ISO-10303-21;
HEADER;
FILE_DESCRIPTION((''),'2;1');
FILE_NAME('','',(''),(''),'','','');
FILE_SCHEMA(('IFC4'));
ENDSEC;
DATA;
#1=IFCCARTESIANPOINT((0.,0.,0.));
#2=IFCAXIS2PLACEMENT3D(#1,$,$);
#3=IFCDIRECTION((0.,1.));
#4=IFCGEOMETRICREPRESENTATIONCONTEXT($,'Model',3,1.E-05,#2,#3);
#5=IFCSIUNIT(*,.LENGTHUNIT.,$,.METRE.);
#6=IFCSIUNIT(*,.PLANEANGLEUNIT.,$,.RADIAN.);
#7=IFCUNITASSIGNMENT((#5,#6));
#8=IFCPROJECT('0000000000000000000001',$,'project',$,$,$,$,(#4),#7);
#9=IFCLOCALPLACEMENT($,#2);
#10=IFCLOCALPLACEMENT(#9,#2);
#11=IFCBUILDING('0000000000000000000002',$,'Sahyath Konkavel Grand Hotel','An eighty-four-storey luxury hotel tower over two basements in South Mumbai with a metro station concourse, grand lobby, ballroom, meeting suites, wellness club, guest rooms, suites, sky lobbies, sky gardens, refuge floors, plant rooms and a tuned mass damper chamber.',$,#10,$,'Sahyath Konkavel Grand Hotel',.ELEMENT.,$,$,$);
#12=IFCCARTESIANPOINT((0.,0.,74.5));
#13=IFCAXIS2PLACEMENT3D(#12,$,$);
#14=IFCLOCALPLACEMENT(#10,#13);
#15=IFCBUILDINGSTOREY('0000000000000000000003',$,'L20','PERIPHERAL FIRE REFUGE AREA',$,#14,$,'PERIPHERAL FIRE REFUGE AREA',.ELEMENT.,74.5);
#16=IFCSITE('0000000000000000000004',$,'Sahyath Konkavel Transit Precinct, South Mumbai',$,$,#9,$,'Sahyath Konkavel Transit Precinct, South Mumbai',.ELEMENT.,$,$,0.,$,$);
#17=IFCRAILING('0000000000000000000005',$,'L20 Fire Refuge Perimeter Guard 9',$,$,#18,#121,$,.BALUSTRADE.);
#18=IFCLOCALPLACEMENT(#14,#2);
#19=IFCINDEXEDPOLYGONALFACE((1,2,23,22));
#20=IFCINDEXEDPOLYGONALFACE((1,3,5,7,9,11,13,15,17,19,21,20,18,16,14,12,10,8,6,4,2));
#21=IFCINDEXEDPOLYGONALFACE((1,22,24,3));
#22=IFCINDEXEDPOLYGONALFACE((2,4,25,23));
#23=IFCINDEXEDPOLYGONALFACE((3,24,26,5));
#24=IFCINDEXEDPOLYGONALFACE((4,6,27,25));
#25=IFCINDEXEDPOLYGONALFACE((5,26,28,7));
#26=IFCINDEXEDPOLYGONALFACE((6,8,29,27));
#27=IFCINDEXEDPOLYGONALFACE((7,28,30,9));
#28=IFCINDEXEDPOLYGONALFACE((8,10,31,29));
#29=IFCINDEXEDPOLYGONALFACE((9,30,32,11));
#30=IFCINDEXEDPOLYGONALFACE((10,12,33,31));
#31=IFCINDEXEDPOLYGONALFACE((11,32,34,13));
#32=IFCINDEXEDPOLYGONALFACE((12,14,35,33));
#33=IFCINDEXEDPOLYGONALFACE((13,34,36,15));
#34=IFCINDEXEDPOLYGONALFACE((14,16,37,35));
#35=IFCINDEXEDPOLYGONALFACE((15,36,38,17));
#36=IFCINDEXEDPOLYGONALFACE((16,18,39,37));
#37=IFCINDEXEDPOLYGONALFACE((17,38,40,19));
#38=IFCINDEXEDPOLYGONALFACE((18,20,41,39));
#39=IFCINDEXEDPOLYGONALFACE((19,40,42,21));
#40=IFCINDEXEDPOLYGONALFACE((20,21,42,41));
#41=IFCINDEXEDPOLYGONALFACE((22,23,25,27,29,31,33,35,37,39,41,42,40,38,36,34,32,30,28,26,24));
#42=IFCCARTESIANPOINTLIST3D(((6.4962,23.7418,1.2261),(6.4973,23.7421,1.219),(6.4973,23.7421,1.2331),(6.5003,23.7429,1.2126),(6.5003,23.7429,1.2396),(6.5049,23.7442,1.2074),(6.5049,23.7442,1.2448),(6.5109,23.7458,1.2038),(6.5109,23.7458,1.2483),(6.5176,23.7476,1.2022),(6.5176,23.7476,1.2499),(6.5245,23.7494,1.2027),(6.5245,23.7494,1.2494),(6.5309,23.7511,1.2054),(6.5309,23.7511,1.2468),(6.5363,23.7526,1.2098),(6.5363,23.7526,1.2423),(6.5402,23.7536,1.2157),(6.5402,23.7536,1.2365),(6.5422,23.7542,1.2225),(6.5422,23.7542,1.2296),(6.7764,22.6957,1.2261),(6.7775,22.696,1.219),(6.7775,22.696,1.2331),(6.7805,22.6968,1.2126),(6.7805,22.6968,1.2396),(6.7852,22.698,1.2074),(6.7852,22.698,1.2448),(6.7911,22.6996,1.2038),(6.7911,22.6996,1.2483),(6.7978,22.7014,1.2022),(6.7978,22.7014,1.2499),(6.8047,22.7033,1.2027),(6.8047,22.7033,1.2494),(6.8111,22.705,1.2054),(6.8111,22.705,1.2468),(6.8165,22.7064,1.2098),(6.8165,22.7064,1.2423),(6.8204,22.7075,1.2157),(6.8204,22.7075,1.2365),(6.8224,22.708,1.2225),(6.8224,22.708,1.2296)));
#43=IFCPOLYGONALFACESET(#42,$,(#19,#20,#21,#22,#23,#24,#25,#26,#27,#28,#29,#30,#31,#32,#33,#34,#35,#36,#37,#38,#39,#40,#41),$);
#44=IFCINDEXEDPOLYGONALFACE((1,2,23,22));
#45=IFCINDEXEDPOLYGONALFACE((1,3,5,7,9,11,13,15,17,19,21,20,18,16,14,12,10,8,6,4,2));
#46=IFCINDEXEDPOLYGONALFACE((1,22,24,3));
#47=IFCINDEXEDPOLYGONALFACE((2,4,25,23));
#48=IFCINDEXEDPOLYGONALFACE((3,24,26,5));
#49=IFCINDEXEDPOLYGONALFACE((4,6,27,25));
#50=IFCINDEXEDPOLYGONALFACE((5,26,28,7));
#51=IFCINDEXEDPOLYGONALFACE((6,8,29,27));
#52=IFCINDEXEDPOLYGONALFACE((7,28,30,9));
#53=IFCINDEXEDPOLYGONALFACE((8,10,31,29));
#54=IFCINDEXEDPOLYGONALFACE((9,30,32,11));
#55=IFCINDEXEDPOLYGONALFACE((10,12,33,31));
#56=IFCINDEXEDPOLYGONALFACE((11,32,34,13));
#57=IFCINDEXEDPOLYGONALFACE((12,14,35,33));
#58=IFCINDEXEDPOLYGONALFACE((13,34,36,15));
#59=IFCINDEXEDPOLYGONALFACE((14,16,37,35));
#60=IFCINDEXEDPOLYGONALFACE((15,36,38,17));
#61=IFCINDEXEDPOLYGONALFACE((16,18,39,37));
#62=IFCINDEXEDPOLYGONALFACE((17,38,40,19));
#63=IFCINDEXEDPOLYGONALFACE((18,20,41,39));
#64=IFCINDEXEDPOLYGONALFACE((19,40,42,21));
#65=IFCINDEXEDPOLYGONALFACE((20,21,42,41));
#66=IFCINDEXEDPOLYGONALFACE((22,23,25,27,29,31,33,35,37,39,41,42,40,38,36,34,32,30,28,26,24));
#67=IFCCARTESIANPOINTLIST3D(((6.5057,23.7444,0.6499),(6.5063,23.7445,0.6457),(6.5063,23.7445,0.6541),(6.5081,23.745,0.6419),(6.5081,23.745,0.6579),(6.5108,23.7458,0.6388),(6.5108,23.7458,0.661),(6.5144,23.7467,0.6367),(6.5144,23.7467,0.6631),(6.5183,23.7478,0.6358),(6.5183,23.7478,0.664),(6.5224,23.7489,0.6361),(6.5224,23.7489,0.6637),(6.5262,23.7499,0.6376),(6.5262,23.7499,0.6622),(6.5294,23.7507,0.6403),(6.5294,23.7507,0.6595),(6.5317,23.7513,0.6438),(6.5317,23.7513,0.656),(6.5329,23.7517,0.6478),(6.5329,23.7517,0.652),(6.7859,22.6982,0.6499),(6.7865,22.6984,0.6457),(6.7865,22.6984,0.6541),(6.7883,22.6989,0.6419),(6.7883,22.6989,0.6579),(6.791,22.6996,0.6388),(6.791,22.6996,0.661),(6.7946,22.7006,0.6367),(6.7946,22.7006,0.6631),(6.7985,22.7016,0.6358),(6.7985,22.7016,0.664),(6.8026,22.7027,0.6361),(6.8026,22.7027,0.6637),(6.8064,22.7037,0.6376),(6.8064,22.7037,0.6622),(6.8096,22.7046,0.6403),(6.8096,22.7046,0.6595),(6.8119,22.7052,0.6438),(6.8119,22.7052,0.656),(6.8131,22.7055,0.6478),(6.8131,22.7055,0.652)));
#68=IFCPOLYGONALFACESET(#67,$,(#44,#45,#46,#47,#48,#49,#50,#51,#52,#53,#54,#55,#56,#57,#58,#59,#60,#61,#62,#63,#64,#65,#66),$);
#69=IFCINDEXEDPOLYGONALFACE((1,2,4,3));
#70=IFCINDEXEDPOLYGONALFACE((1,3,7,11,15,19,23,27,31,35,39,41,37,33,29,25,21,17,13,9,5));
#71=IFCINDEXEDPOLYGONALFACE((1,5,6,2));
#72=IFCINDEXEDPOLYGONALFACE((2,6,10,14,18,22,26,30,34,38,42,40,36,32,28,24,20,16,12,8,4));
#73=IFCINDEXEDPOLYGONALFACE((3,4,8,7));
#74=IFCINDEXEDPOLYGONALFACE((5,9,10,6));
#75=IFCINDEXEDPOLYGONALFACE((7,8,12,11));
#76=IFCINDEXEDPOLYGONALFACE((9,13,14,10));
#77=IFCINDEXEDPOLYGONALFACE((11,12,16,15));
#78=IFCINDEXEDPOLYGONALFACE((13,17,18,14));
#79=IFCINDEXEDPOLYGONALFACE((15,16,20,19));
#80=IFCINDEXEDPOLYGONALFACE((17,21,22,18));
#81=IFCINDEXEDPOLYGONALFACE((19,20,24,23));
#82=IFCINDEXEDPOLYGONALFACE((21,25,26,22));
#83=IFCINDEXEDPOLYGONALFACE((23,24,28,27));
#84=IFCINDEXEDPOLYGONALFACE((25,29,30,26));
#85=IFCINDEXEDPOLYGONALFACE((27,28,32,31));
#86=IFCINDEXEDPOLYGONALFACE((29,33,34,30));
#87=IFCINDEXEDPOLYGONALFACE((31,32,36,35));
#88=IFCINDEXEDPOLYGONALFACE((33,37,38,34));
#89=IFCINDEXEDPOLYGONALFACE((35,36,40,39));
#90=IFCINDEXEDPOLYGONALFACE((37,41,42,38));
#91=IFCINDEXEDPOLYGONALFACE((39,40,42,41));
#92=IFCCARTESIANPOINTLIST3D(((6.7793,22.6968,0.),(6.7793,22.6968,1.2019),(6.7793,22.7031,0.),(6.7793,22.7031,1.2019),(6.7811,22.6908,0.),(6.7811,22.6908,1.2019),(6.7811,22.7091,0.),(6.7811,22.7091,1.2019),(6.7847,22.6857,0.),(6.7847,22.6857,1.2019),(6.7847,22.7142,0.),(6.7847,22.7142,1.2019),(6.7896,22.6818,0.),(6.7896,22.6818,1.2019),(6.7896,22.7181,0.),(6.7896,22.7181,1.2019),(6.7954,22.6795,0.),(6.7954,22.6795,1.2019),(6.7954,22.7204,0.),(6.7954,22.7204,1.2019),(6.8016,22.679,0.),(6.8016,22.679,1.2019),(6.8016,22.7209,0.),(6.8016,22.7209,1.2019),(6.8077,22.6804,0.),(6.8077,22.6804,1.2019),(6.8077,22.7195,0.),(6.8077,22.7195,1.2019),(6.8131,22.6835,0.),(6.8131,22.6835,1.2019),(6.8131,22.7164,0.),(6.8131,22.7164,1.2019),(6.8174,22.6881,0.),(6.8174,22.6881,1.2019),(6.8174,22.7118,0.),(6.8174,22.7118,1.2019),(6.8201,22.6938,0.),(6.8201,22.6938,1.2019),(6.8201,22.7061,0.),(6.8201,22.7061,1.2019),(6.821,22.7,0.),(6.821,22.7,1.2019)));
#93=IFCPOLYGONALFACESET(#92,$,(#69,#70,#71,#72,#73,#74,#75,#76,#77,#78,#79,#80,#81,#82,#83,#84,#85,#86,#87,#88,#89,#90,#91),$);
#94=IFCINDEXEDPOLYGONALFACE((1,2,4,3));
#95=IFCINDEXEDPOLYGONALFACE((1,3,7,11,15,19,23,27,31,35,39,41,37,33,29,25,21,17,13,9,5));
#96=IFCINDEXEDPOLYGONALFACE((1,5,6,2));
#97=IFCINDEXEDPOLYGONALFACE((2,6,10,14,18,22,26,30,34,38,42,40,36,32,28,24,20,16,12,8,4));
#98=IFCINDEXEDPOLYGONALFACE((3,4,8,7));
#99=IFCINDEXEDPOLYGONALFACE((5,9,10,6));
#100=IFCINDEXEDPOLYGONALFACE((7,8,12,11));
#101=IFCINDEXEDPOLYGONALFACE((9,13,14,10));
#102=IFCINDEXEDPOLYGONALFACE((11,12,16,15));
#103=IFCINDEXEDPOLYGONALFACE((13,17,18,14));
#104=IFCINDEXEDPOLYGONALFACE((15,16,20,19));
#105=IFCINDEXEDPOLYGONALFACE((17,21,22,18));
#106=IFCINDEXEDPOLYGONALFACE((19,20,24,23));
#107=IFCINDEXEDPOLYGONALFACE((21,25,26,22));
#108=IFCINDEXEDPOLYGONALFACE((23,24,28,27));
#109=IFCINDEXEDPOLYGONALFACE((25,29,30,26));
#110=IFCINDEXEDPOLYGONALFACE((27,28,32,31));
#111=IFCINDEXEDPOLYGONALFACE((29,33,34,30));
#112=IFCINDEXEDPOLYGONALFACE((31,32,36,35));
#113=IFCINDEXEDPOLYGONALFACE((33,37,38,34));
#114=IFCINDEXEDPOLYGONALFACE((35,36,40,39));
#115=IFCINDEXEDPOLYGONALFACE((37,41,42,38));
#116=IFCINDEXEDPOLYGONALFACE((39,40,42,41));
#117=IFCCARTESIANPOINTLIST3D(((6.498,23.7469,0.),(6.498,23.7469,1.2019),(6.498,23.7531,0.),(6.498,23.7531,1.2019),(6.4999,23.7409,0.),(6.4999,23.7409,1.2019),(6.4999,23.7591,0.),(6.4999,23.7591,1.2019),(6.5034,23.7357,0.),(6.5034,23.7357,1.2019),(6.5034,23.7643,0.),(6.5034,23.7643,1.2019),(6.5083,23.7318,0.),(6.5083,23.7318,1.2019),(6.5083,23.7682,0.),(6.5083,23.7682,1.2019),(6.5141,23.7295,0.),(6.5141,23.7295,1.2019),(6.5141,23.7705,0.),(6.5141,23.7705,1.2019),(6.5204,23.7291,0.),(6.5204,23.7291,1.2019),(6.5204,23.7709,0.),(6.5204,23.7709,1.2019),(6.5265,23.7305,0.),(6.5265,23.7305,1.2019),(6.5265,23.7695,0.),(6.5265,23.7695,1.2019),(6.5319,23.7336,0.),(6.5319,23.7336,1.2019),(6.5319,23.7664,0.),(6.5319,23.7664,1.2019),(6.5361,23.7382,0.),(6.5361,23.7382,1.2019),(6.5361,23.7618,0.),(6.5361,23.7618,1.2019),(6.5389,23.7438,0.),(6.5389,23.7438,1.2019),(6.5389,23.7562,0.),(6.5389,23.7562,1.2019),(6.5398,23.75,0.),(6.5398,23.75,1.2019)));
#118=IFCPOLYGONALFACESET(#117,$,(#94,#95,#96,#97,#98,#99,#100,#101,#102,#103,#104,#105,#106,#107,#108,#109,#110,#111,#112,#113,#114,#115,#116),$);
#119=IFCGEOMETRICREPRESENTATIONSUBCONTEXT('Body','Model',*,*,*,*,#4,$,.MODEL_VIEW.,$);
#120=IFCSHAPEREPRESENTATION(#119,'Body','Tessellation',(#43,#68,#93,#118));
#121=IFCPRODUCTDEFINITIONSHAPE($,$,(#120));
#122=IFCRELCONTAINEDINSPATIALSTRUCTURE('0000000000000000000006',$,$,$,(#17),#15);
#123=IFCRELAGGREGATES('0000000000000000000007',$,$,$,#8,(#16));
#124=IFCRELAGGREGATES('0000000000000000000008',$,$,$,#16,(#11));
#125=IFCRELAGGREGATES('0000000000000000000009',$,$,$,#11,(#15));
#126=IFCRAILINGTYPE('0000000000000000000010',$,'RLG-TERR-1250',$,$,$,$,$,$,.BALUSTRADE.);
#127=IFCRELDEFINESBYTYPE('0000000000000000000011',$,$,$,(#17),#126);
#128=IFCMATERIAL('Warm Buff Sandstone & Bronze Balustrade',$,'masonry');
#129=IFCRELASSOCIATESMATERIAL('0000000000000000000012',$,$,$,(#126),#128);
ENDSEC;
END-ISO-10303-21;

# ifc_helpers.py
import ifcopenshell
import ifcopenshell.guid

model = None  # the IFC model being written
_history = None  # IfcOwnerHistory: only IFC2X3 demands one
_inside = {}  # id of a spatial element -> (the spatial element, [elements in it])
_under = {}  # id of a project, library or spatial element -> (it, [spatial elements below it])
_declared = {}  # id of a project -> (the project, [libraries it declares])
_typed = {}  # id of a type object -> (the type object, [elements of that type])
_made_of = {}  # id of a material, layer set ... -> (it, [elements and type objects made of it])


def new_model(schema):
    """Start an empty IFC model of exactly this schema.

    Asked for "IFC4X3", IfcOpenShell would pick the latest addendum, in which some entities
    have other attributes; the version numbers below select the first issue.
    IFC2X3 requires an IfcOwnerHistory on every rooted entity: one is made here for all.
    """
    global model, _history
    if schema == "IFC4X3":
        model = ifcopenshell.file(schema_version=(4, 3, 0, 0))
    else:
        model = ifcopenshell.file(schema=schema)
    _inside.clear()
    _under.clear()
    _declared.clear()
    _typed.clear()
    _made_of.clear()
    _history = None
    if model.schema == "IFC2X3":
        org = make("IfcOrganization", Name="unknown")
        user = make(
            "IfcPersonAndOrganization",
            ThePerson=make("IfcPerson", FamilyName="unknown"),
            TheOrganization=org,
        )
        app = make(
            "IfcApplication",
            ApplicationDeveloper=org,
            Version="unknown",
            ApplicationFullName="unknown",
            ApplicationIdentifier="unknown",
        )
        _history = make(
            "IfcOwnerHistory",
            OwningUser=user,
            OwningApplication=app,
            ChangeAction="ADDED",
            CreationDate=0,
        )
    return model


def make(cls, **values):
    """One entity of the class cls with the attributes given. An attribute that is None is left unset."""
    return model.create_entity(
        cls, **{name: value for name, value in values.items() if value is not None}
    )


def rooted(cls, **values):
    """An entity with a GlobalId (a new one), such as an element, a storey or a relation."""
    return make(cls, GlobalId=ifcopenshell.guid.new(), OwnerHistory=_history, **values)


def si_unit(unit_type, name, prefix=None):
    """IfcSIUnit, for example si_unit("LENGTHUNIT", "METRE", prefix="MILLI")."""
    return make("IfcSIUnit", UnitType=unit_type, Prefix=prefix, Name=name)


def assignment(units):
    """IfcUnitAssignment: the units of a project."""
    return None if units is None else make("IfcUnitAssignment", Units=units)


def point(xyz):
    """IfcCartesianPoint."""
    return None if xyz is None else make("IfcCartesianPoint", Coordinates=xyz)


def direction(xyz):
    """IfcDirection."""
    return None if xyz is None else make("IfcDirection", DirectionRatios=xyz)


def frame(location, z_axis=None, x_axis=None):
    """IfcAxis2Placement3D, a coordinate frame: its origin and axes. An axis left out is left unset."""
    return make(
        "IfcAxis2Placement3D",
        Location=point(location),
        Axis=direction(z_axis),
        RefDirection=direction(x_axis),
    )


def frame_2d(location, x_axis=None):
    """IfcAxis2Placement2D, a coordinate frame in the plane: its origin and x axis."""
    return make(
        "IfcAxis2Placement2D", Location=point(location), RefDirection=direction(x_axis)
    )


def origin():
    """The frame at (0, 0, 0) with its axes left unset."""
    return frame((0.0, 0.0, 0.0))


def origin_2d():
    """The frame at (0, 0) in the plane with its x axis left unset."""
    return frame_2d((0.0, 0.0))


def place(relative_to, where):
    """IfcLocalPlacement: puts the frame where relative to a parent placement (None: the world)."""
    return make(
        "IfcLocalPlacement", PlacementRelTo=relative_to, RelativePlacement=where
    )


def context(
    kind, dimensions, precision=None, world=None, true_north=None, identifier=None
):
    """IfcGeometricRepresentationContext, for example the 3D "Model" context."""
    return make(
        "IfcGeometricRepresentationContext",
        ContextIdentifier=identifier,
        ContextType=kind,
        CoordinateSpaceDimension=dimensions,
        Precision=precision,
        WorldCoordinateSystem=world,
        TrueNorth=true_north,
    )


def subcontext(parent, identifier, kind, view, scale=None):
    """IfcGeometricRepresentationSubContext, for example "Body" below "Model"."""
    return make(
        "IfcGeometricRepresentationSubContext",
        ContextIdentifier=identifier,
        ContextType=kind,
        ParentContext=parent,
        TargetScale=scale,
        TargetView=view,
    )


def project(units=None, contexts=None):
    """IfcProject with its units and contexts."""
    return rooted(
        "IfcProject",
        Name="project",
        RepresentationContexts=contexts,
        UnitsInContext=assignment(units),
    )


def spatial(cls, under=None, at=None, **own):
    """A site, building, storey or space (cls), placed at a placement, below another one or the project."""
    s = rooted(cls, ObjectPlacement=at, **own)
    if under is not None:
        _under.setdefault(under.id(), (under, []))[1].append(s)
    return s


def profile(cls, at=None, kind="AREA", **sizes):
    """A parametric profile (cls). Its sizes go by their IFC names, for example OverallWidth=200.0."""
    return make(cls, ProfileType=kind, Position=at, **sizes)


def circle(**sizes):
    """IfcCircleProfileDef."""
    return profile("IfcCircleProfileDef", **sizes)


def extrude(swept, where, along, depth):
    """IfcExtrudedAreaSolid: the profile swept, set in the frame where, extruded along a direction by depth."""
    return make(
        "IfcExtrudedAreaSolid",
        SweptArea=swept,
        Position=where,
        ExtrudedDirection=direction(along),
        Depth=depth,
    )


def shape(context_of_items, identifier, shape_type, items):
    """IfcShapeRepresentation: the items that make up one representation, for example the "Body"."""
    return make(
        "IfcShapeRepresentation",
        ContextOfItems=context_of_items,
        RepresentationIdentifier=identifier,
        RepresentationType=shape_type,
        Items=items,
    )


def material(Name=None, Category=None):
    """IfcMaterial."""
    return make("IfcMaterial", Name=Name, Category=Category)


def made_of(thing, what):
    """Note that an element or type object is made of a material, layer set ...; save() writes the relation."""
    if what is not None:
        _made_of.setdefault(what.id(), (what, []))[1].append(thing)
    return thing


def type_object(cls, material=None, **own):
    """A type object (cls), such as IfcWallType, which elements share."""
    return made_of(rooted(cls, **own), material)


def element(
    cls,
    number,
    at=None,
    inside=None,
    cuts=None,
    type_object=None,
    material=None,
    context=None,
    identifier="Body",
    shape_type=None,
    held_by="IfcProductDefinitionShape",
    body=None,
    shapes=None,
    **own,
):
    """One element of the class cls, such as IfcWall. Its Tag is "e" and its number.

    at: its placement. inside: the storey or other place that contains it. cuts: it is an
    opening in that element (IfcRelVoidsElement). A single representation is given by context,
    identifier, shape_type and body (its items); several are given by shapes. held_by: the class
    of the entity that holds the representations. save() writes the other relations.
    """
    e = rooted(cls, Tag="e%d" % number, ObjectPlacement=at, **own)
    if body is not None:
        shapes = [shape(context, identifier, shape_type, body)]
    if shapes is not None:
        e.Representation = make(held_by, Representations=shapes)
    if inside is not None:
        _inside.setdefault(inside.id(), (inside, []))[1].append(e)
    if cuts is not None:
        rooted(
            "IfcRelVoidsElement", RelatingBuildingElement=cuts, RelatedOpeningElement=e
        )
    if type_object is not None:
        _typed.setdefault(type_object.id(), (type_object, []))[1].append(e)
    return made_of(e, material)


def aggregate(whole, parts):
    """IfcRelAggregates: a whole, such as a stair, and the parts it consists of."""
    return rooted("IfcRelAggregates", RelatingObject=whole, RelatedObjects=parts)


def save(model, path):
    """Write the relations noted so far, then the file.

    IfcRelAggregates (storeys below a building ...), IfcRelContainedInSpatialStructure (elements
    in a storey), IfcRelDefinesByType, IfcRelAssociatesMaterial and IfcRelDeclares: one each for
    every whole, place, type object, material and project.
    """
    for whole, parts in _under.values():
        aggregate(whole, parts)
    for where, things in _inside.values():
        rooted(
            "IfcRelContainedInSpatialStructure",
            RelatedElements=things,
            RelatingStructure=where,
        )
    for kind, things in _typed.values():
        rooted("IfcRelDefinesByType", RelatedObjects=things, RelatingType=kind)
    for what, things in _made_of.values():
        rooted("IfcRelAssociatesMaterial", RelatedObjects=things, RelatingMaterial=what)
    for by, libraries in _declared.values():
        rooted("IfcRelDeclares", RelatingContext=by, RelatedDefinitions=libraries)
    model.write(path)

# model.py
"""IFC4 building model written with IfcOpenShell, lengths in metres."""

from ifc_helpers import new_model, si_unit, direction, frame, origin, origin_2d, place, context, subcontext, project, spatial, circle, extrude, material, type_object, element, save


model = new_model("IFC4")

# Units and contexts
model_context = context("Model", 3, precision=1e-05, world=origin(), true_north=direction((0.0, 1.0)))
body_context = subcontext(model_context, "Body", "Model", "MODEL_VIEW")
ifc_project = project(units=[si_unit("LENGTHUNIT", "METRE"), si_unit("PLANEANGLEUNIT", "RADIAN")], contexts=[model_context])

# Site, building, storey
site_placement = place(None, origin())
site = spatial("IfcSite", under=ifc_project, at=site_placement, Name="Sahyath Konkavel Transit Precinct, South Mumbai", LongName="Sahyath Konkavel Transit Precinct, South Mumbai", CompositionType="ELEMENT", RefElevation=0.0)
building_placement = place(site_placement, origin())
building = spatial("IfcBuilding", under=site, at=building_placement, Name="Sahyath Konkavel Grand Hotel", Description="An eighty-four-storey luxury hotel tower over two basements in South Mumbai with a metro station concourse, grand lobby, ballroom, meeting suites, wellness club, guest rooms, suites, sky lobbies, sky gardens, refuge floors, plant rooms and a tuned mass damper chamber.", LongName="Sahyath Konkavel Grand Hotel", CompositionType="ELEMENT")
storey_placement = place(building_placement, frame((0.0, 0.0, 74.5)))
storey = spatial("IfcBuildingStorey", under=building, at=storey_placement, Name="L20", Description="PERIPHERAL FIRE REFUGE AREA", LongName="PERIPHERAL FIRE REFUGE AREA", CompositionType="ELEMENT", Elevation=74.5)

# Railing
ifc_material_1 = material(Name="Warm Buff Sandstone & Bronze Balustrade", Category="masonry")
railing_type = type_object("IfcRailingType", Name="RLG-TERR-1250", PredefinedType="BALUSTRADE", material=ifc_material_1)
railing_1_placement = place(storey_placement, frame((6.8, 22.7, 0.0)))
element("IfcRailing", 1, at=railing_1_placement, inside=storey, type_object=railing_type, Name="L20 Fire Refuge Perimeter Guard 9", PredefinedType="BALUSTRADE", context=body_context, shape_type="SweptSolid", body=[
    extrude(circle(Radius=0.0239, at=origin_2d()), frame((-0.0005, 0.002, 1.2261), z_axis=(-0.258725, 0.965951, 0.0), x_axis=(-0.965951, -0.258725, 0.0)), (0.0, 0.0, 1.0), 1.083),
    extrude(circle(Radius=0.0142, at=origin_2d()), frame((-0.0005, 0.002, 0.6499), z_axis=(-0.258725, 0.965951, 0.0), x_axis=(-0.965951, -0.258725, 0.0)), (0.0, 0.0, 1.0), 1.083),
    extrude(circle(Radius=0.021, at=origin_2d()), origin(), (0.0, 0.0, 1.0), 1.2019),
    extrude(circle(Radius=0.021, at=origin_2d()), frame((-0.2812, 1.05, 0.0)), (0.0, 0.0, 1.0), 1.2019),
])

save(model, "model.ifc")
